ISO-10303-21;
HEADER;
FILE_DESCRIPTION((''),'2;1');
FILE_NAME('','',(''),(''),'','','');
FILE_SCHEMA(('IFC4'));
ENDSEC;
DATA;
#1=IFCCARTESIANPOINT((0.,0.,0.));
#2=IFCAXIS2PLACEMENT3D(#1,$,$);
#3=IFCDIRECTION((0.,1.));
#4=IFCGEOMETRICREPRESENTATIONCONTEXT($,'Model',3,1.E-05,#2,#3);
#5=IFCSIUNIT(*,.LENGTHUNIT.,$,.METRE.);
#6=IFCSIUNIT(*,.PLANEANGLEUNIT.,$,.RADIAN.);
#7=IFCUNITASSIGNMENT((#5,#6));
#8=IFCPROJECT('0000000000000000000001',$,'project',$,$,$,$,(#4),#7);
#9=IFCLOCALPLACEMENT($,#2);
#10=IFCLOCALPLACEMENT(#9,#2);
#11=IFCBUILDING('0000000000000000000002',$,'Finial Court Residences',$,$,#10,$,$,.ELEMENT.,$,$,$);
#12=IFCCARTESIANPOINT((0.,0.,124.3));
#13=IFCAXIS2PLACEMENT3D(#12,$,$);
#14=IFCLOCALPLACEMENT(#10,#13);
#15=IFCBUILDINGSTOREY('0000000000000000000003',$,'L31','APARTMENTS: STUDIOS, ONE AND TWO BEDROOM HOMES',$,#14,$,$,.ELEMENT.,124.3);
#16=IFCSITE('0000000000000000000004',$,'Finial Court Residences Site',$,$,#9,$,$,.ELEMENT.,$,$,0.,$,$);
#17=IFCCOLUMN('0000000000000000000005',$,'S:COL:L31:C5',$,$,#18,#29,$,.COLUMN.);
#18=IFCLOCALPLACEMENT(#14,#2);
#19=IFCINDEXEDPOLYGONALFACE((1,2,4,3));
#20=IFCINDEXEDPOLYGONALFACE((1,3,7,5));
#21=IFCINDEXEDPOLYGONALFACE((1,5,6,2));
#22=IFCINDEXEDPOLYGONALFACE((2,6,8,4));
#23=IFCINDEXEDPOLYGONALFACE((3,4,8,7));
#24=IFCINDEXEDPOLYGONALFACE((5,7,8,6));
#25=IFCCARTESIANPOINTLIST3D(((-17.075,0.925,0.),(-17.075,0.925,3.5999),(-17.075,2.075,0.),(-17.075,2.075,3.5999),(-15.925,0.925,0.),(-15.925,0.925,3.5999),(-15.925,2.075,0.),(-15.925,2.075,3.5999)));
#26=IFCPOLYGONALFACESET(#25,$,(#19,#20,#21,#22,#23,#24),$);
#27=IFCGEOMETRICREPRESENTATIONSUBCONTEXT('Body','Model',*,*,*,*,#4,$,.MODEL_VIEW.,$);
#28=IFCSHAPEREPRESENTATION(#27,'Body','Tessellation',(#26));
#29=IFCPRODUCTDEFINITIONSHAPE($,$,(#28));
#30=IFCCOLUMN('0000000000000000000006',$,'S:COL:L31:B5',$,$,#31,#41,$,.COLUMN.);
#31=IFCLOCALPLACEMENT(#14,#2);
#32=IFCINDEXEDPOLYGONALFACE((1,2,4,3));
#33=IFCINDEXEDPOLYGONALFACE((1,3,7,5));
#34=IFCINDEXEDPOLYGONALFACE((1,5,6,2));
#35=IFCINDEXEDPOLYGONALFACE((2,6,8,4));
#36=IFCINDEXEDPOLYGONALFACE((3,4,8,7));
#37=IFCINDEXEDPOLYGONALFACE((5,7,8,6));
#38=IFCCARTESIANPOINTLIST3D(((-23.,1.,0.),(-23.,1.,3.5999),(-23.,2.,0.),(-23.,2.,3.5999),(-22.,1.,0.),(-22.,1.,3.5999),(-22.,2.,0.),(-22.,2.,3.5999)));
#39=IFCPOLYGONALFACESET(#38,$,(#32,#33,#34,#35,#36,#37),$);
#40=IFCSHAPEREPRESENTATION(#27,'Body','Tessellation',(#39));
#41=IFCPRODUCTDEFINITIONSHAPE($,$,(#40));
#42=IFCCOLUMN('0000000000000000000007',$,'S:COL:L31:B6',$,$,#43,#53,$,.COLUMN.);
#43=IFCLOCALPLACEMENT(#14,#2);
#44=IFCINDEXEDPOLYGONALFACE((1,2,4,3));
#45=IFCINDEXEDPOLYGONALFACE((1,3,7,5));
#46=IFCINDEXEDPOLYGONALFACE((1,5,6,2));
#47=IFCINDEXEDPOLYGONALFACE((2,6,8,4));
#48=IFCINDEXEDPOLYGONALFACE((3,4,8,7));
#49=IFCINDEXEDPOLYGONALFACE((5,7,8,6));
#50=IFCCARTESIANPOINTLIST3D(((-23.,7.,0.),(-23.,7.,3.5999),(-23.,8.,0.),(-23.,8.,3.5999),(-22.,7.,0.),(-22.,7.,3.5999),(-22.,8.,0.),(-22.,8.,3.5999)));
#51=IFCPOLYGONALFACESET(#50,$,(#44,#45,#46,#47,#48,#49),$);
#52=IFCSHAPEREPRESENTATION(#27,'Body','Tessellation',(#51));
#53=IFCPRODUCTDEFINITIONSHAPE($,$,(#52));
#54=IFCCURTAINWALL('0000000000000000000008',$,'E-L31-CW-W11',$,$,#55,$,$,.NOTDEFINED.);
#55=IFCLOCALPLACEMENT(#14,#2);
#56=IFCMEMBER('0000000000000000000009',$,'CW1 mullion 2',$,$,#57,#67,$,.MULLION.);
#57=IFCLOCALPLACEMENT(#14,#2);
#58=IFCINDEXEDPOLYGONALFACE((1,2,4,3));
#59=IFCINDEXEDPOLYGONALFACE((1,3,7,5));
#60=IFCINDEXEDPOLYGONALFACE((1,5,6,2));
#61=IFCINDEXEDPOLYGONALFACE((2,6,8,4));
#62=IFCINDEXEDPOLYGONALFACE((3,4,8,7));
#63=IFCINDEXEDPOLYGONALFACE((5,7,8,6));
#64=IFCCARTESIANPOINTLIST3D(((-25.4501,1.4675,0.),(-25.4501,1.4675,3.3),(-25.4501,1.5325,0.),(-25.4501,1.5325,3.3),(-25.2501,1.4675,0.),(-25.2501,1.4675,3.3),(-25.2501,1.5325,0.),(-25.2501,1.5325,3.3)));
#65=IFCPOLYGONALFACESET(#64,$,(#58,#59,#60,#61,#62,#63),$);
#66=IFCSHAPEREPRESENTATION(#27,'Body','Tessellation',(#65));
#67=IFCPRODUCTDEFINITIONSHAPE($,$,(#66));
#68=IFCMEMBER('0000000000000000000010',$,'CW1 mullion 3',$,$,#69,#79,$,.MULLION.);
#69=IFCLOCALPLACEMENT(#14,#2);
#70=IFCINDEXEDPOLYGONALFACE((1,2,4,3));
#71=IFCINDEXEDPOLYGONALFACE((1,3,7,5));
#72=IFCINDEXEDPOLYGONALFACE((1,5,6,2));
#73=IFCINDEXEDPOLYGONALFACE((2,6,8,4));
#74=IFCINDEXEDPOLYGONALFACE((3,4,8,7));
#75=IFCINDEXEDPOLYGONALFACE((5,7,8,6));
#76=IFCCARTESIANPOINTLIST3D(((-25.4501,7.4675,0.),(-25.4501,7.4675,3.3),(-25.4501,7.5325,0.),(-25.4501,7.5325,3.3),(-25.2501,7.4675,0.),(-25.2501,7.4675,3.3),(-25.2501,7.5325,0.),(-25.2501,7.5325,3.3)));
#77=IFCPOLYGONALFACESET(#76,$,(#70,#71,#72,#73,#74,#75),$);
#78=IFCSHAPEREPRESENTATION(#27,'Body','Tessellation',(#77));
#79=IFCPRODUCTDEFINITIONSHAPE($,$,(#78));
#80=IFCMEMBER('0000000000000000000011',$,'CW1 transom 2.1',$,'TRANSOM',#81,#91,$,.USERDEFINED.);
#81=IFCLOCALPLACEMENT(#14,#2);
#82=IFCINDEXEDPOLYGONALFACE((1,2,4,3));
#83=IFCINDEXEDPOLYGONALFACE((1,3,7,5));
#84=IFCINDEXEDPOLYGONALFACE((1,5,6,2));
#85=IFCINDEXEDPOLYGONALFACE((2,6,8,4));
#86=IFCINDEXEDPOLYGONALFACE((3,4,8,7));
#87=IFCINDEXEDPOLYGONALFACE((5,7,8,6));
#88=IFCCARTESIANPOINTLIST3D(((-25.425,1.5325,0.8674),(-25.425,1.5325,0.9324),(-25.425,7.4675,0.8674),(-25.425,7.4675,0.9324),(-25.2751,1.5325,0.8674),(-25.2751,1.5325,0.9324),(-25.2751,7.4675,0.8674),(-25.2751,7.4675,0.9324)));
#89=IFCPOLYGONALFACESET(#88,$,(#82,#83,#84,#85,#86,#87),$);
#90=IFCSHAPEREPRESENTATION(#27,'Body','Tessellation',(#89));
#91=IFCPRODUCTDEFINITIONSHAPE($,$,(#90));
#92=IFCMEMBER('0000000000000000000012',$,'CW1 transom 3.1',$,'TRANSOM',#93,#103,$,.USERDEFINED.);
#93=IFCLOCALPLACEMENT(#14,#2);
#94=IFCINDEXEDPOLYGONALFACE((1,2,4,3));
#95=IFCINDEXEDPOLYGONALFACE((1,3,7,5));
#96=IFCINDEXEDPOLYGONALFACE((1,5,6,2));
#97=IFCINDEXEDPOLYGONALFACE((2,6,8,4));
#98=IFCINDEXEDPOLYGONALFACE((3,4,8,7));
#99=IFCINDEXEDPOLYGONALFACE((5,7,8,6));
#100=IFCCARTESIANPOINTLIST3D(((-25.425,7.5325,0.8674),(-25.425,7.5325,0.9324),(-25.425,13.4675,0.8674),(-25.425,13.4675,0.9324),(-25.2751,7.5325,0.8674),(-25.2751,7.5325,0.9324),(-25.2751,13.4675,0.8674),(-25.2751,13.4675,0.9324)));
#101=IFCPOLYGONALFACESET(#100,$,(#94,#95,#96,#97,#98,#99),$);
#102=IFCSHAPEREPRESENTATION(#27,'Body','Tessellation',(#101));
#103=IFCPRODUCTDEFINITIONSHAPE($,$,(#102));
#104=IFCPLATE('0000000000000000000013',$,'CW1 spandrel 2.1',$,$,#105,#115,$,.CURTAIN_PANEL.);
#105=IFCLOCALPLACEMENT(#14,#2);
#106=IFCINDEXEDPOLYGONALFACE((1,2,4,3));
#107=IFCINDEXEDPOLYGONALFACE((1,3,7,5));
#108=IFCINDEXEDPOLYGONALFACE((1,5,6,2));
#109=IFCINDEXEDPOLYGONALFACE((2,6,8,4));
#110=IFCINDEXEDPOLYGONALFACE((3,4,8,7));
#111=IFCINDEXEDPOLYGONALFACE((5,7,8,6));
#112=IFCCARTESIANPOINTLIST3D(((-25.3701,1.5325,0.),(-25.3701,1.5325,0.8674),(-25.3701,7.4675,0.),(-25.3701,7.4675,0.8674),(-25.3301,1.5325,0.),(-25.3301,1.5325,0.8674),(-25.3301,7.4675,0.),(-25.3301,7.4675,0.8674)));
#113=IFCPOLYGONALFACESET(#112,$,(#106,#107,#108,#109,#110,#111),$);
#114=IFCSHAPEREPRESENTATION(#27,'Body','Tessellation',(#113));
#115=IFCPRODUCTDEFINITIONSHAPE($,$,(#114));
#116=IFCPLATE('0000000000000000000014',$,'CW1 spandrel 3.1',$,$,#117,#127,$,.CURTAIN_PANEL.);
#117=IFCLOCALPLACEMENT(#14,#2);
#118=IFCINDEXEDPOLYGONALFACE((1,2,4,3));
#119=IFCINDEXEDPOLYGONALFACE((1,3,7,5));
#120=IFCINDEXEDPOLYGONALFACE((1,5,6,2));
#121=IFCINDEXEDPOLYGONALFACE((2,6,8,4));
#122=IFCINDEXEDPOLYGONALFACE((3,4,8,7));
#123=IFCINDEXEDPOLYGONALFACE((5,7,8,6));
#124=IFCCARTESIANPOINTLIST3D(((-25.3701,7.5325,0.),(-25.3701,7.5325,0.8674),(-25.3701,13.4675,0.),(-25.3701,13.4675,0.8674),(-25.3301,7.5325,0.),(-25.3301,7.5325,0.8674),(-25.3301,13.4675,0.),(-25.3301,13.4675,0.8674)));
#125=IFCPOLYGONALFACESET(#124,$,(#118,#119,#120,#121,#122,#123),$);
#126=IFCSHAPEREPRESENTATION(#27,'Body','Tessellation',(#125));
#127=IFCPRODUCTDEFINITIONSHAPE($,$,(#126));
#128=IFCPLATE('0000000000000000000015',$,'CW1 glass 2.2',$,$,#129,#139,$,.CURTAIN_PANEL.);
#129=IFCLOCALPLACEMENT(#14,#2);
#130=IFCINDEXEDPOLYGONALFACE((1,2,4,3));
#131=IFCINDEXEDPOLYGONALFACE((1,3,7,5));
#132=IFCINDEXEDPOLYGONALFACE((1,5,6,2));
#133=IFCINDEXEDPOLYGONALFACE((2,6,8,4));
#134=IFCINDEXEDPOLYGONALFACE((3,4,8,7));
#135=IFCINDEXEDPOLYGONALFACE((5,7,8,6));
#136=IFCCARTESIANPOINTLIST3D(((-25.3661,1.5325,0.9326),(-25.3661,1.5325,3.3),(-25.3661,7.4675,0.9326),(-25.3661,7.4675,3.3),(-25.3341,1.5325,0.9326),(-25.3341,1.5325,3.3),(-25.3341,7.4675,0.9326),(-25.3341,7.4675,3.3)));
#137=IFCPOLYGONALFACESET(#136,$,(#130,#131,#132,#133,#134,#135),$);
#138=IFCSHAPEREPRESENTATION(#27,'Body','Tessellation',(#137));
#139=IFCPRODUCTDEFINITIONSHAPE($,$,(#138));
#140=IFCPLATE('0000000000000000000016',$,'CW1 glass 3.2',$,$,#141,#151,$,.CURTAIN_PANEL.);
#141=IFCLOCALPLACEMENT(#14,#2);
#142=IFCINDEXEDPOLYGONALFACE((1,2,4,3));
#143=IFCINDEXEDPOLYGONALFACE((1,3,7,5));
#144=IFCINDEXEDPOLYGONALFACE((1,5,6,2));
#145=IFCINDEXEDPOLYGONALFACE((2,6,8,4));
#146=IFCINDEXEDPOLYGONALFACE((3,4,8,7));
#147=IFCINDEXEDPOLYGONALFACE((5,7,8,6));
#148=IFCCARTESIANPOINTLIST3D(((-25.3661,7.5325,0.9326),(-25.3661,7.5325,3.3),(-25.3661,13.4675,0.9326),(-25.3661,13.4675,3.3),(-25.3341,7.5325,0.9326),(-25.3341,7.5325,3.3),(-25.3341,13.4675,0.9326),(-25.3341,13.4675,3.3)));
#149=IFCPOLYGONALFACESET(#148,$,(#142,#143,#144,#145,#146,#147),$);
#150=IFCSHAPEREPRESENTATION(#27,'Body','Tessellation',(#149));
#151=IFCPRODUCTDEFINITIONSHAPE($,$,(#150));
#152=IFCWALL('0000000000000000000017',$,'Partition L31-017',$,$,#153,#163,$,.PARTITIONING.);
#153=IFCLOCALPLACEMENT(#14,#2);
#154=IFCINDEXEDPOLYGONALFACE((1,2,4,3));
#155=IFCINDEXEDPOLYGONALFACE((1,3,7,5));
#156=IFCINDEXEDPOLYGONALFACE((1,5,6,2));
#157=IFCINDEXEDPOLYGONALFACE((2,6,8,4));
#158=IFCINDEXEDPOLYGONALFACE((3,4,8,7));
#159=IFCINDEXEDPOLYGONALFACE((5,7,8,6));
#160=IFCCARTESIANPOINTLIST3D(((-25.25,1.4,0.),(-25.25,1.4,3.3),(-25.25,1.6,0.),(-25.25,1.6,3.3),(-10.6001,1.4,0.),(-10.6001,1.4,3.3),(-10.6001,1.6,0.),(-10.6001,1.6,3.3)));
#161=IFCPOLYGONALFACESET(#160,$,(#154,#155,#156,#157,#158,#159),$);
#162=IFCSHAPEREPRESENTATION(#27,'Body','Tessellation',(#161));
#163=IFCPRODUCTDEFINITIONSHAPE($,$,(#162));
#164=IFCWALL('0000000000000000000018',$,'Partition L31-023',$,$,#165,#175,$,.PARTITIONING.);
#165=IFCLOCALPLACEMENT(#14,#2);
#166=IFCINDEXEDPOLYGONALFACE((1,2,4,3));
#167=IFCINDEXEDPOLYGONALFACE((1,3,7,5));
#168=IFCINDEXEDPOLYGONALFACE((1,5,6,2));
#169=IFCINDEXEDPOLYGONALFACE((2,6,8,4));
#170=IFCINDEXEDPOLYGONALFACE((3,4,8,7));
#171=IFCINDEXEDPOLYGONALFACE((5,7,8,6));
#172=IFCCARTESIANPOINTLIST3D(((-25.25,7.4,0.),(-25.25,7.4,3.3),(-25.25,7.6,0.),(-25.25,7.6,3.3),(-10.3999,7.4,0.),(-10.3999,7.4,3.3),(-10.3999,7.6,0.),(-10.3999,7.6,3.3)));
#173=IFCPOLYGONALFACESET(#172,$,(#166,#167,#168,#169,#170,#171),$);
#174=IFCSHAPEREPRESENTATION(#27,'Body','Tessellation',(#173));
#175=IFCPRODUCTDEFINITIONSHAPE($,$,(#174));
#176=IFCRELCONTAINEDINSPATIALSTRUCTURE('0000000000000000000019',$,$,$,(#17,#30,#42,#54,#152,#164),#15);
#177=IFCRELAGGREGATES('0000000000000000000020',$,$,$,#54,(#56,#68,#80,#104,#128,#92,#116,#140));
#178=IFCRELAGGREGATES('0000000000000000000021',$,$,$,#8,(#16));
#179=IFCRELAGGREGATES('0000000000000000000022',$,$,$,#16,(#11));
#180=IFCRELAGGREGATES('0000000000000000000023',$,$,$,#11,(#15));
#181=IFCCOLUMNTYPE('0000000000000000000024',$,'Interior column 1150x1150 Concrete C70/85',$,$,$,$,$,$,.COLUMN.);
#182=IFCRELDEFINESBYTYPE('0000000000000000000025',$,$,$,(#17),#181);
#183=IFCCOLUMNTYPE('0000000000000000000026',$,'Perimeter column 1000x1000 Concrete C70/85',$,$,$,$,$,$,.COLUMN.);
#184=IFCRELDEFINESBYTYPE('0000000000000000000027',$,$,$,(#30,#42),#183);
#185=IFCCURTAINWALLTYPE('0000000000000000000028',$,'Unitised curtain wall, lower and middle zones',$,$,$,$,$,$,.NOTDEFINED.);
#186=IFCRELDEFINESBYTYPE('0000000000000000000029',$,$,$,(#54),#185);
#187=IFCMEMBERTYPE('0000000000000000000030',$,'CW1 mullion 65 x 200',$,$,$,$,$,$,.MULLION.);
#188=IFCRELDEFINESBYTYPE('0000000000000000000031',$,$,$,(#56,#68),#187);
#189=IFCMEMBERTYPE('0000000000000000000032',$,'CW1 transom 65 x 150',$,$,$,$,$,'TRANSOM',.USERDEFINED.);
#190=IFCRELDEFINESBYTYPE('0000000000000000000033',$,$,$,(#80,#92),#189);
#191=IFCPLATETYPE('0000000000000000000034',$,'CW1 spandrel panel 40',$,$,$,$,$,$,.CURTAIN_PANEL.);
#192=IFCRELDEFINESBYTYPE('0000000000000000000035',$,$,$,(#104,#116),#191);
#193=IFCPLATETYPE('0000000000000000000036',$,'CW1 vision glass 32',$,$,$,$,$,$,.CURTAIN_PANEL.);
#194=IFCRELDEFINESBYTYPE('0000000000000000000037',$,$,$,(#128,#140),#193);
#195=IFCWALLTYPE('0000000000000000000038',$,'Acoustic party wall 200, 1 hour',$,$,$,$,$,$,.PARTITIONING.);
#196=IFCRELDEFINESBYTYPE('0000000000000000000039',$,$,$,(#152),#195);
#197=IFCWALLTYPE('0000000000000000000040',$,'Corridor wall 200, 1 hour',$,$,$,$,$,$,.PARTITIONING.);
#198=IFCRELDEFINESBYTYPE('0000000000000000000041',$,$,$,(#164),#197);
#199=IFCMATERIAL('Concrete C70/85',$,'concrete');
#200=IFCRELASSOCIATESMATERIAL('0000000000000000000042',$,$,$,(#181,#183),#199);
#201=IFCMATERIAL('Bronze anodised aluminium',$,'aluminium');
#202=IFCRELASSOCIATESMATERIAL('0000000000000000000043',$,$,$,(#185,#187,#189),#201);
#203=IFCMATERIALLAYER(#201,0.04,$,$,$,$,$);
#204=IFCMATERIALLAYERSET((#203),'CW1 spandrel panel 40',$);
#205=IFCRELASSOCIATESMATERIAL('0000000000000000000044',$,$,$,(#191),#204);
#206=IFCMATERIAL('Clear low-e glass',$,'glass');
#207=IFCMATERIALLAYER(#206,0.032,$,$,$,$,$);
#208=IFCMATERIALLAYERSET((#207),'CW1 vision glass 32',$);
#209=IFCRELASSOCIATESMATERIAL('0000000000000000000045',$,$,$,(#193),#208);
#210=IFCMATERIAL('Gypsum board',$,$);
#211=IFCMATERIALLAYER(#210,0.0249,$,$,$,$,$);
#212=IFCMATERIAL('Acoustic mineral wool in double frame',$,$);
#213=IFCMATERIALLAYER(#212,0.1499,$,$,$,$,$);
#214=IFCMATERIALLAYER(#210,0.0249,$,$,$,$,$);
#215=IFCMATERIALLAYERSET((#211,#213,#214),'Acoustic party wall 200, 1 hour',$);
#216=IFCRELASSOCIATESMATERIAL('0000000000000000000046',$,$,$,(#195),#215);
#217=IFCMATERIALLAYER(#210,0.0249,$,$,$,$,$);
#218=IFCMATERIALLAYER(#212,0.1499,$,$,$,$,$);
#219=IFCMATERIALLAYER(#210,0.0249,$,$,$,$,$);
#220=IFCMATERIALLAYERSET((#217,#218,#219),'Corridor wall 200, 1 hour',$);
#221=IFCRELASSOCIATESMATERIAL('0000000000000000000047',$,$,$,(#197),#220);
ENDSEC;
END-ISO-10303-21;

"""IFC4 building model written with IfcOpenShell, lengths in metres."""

from ifc_helpers import new_model, si_unit, direction, frame, frame_2d, origin, origin_2d, place, context, subcontext, project, spatial, rectangle, extrude, material, layer, layer_set, material_profile, profile_set, type_object, element, aggregate, save


model = new_model("IFC4")

# Units and contexts
model_context = context("Model", 3, precision=1e-05, world=origin(), true_north=direction((0.0, 1.0)))
body_context = subcontext(model_context, "Body", "Model", "MODEL_VIEW")
ifc_project = project(units=[si_unit("LENGTHUNIT", "METRE"), si_unit("PLANEANGLEUNIT", "RADIAN")], contexts=[model_context])

# Site, building, storey
site_placement = place(None, origin())
site = spatial("IfcSite", under=ifc_project, at=site_placement, Name="Finial Court Residences Site", CompositionType="ELEMENT", RefElevation=0.0)
building_placement = place(site_placement, origin())
building = spatial("IfcBuilding", under=site, at=building_placement, Name="Finial Court Residences", CompositionType="ELEMENT")
storey_placement = place(building_placement, frame((0.0, 0.0, 124.3)))
storey = spatial("IfcBuildingStorey", under=building, at=storey_placement, Name="L31", Description="APARTMENTS: STUDIOS, ONE AND TWO BEDROOM HOMES", CompositionType="ELEMENT", Elevation=124.3)

# Columns
ifc_material_1 = material(Name="Concrete C70/85", Category="concrete")
ifc_material_profile_1 = material_profile(ifc_material_1, rectangle(XDim=1.1499, YDim=1.1499, at=origin_2d()), Name="1150x1150")
ifc_profile_set_1 = profile_set([ifc_material_profile_1], Name="Concrete C70/85")
column_type_1 = type_object("IfcColumnType", Name="Interior column 1150x1150 Concrete C70/85", PredefinedType="COLUMN", material=ifc_profile_set_1)
column_placement = place(storey_placement, frame((-16.5, 1.5, 0.0), z_axis=(0.0, 0.0, 1.0), x_axis=(1.0, 0.0, 0.0)))
element("IfcColumn", 1, at=column_placement, inside=storey, type_object=column_type_1, Name="S:COL:L31:C5", PredefinedType="COLUMN", context=body_context, shape_type="SweptSolid", body=[
    extrude(rectangle(XDim=1.1499, YDim=1.1499, at=origin_2d()), origin(), (0.0, 0.0, 1.0), 3.5999),
])
ifc_material_profile_2 = material_profile(ifc_material_1, rectangle(XDim=1.0, YDim=1.0, at=origin_2d()), Name="1000x1000")
ifc_profile_set_2 = profile_set([ifc_material_profile_2], Name="Concrete C70/85")
column_type_2 = type_object("IfcColumnType", Name="Perimeter column 1000x1000 Concrete C70/85", PredefinedType="COLUMN", material=ifc_profile_set_2)
for number, where, z_axis, x_axis, name in (
    (2, (-22.5, 1.5, 0.0), (0.0, 0.0, 1.0), (1.0, 0.0, 0.0), "S:COL:L31:B5"),
    (3, (-22.5, 7.5, 0.0), (0.0, 0.0, 1.0), (1.0, 0.0, 0.0), "S:COL:L31:B6"),
):
    element("IfcColumn", number, at=place(storey_placement, frame(where, z_axis=z_axis, x_axis=x_axis)), inside=storey, type_object=column_type_2, Name=name, PredefinedType="COLUMN", context=body_context, shape_type="SweptSolid", body=[
        extrude(rectangle(XDim=1.0, YDim=1.0, at=origin_2d()), origin(), (0.0, 0.0, 1.0), 3.5999),
    ])

# Curtain wall, members, plates
ifc_material_2 = material(Name="Bronze anodised aluminium", Category="aluminium")
curtain_wall_type = type_object("IfcCurtainWallType", Name="Unitised curtain wall, lower and middle zones", PredefinedType="NOTDEFINED", material=ifc_material_2)
curtain_wall_placement = place(storey_placement, origin())
curtain_wall = element("IfcCurtainWall", 4, at=curtain_wall_placement, inside=storey, type_object=curtain_wall_type, Name="E-L31-CW-W11", PredefinedType="NOTDEFINED")
ifc_material_profile_3 = material_profile(ifc_material_2, rectangle(XDim=0.2, YDim=0.0649, at=origin_2d()), Name="CW1 mullion 65 x 200")
ifc_profile_set_3 = profile_set([ifc_material_profile_3], Name="Bronze anodised aluminium")
member_type_1 = type_object("IfcMemberType", Name="CW1 mullion 65 x 200", PredefinedType="MULLION", material=ifc_profile_set_3)
member_1_placement = place(storey_placement, frame((-25.3501, 1.5, 0.0), z_axis=(0.0, 0.0, 1.0), x_axis=(-1.0, 0.0, 0.0)))
member_1 = element("IfcMember", 5, at=member_1_placement, type_object=member_type_1, Name="CW1 mullion 2", PredefinedType="MULLION", context=body_context, shape_type="SweptSolid", body=[
    extrude(rectangle(XDim=0.2, YDim=0.0649, at=origin_2d()), origin(), (0.0, 0.0, 1.0), 3.3),
])
member_2_placement = place(storey_placement, frame((-25.3501, 7.5, 0.0), z_axis=(0.0, 0.0, 1.0), x_axis=(-1.0, 0.0, 0.0)))
member_2 = element("IfcMember", 6, at=member_2_placement, type_object=member_type_1, Name="CW1 mullion 3", PredefinedType="MULLION", context=body_context, shape_type="SweptSolid", body=[
    extrude(rectangle(XDim=0.2, YDim=0.0649, at=origin_2d()), origin(), (0.0, 0.0, 1.0), 3.3),
])
ifc_material_profile_4 = material_profile(ifc_material_2, rectangle(XDim=0.1499, YDim=0.0649, at=origin_2d()), Name="CW1 transom 65 x 150")
ifc_profile_set_4 = profile_set([ifc_material_profile_4], Name="Bronze anodised aluminium")
member_type_2 = type_object("IfcMemberType", Name="CW1 transom 65 x 150", ElementType="TRANSOM", PredefinedType="USERDEFINED", material=ifc_profile_set_4)
member_3_placement = place(storey_placement, frame((-25.3501, 1.5325, 0.8999), z_axis=(0.0, 1.0, 0.0), x_axis=(-1.0, 0.0, 0.0)))
member_3 = element("IfcMember", 7, at=member_3_placement, type_object=member_type_2, Name="CW1 transom 2.1", ObjectType="TRANSOM", PredefinedType="USERDEFINED", context=body_context, shape_type="SweptSolid", body=[
    extrude(rectangle(XDim=0.1499, YDim=0.0649, at=origin_2d()), origin(), (0.0, 0.0, 1.0), 5.9351),
])
member_4_placement = place(storey_placement, frame((-25.3501, 7.5325, 0.8999), z_axis=(0.0, 1.0, 0.0), x_axis=(-1.0, 0.0, 0.0)))
member_4 = element("IfcMember", 8, at=member_4_placement, type_object=member_type_2, Name="CW1 transom 3.1", ObjectType="TRANSOM", PredefinedType="USERDEFINED", context=body_context, shape_type="SweptSolid", body=[
    extrude(rectangle(XDim=0.1499, YDim=0.0649, at=origin_2d()), origin(), (0.0, 0.0, 1.0), 5.9351),
])
ifc_layer_1 = layer(ifc_material_2, 0.04)
ifc_layer_set_1 = layer_set([ifc_layer_1], Name="CW1 spandrel panel 40")
plate_type_1 = type_object("IfcPlateType", Name="CW1 spandrel panel 40", PredefinedType="CURTAIN_PANEL", material=ifc_layer_set_1)
plate_1_placement = place(storey_placement, frame((-25.3501, 4.5, 0.0), z_axis=(0.0, 0.0, 1.0), x_axis=(0.0, 1.0, 0.0)))
plate_1 = element("IfcPlate", 9, at=plate_1_placement, type_object=plate_type_1, Name="CW1 spandrel 2.1", PredefinedType="CURTAIN_PANEL", context=body_context, shape_type="SweptSolid", body=[
    extrude(rectangle(XDim=5.9351, YDim=0.04, at=origin_2d()), origin(), (0.0, 0.0, 1.0), 0.8674),
])
plate_2_placement = place(storey_placement, frame((-25.3501, 10.5, 0.0), z_axis=(0.0, 0.0, 1.0), x_axis=(0.0, 1.0, 0.0)))
plate_2 = element("IfcPlate", 10, at=plate_2_placement, type_object=plate_type_1, Name="CW1 spandrel 3.1", PredefinedType="CURTAIN_PANEL", context=body_context, shape_type="SweptSolid", body=[
    extrude(rectangle(XDim=5.9351, YDim=0.04, at=origin_2d()), origin(), (0.0, 0.0, 1.0), 0.8674),
])
ifc_material_3 = material(Name="Clear low-e glass", Category="glass")
ifc_layer_2 = layer(ifc_material_3, 0.032)
ifc_layer_set_2 = layer_set([ifc_layer_2], Name="CW1 vision glass 32")
plate_type_2 = type_object("IfcPlateType", Name="CW1 vision glass 32", PredefinedType="CURTAIN_PANEL", material=ifc_layer_set_2)
plate_3_placement = place(storey_placement, frame((-25.3501, 4.5, 0.9326), z_axis=(0.0, 0.0, 1.0), x_axis=(0.0, 1.0, 0.0)))
plate_3 = element("IfcPlate", 11, at=plate_3_placement, type_object=plate_type_2, Name="CW1 glass 2.2", PredefinedType="CURTAIN_PANEL", context=body_context, shape_type="SweptSolid", body=[
    extrude(rectangle(XDim=5.9351, YDim=0.032, at=origin_2d()), origin(), (0.0, 0.0, 1.0), 2.3674),
])
plate_4_placement = place(storey_placement, frame((-25.3501, 10.5, 0.9326), z_axis=(0.0, 0.0, 1.0), x_axis=(0.0, 1.0, 0.0)))
plate_4 = element("IfcPlate", 12, at=plate_4_placement, type_object=plate_type_2, Name="CW1 glass 3.2", PredefinedType="CURTAIN_PANEL", context=body_context, shape_type="SweptSolid", body=[
    extrude(rectangle(XDim=5.9351, YDim=0.032, at=origin_2d()), origin(), (0.0, 0.0, 1.0), 2.3674),
])
aggregate(curtain_wall, [member_1, member_2, member_3, plate_1, plate_3, member_4, plate_2, plate_4])

# Walls
ifc_material_4 = material(Name="Gypsum board")
ifc_layer_3 = layer(ifc_material_4, 0.0249)
ifc_material_5 = material(Name="Acoustic mineral wool in double frame")
ifc_layer_4 = layer(ifc_material_5, 0.1499)
ifc_layer_5 = layer(ifc_material_4, 0.0249)
ifc_layer_set_3 = layer_set([ifc_layer_3, ifc_layer_4, ifc_layer_5], Name="Acoustic party wall 200, 1 hour")
wall_type_1 = type_object("IfcWallType", Name="Acoustic party wall 200, 1 hour", PredefinedType="PARTITIONING", material=ifc_layer_set_3)
wall_1_placement = place(storey_placement, frame((-25.25, 1.5, 0.0), z_axis=(0.0, 0.0, 1.0), x_axis=(1.0, 0.0, 0.0)))
element("IfcWall", 13, at=wall_1_placement, inside=storey, type_object=wall_type_1, Name="Partition L31-017", PredefinedType="PARTITIONING", context=body_context, shape_type="SweptSolid", body=[
    extrude(rectangle(XDim=14.6499, YDim=0.2, at=frame_2d((7.325, 0.0))), origin(), (0.0, 0.0, 1.0), 3.3),
])
ifc_layer_6 = layer(ifc_material_4, 0.0249)
ifc_layer_7 = layer(ifc_material_5, 0.1499)
ifc_layer_8 = layer(ifc_material_4, 0.0249)
ifc_layer_set_4 = layer_set([ifc_layer_6, ifc_layer_7, ifc_layer_8], Name="Corridor wall 200, 1 hour")
wall_type_2 = type_object("IfcWallType", Name="Corridor wall 200, 1 hour", PredefinedType="PARTITIONING", material=ifc_layer_set_4)
wall_2_placement = place(storey_placement, frame((-25.25, 7.5, 0.0), z_axis=(0.0, 0.0, 1.0), x_axis=(1.0, 0.0, 0.0)))
element("IfcWall", 14, at=wall_2_placement, inside=storey, type_object=wall_type_2, Name="Partition L31-023", PredefinedType="PARTITIONING", context=body_context, shape_type="SweptSolid", body=[
    extrude(rectangle(XDim=14.8501, YDim=0.2, at=frame_2d((7.425, 0.0))), origin(), (0.0, 0.0, 1.0), 3.3),
])

save(model, "model.ifc")
